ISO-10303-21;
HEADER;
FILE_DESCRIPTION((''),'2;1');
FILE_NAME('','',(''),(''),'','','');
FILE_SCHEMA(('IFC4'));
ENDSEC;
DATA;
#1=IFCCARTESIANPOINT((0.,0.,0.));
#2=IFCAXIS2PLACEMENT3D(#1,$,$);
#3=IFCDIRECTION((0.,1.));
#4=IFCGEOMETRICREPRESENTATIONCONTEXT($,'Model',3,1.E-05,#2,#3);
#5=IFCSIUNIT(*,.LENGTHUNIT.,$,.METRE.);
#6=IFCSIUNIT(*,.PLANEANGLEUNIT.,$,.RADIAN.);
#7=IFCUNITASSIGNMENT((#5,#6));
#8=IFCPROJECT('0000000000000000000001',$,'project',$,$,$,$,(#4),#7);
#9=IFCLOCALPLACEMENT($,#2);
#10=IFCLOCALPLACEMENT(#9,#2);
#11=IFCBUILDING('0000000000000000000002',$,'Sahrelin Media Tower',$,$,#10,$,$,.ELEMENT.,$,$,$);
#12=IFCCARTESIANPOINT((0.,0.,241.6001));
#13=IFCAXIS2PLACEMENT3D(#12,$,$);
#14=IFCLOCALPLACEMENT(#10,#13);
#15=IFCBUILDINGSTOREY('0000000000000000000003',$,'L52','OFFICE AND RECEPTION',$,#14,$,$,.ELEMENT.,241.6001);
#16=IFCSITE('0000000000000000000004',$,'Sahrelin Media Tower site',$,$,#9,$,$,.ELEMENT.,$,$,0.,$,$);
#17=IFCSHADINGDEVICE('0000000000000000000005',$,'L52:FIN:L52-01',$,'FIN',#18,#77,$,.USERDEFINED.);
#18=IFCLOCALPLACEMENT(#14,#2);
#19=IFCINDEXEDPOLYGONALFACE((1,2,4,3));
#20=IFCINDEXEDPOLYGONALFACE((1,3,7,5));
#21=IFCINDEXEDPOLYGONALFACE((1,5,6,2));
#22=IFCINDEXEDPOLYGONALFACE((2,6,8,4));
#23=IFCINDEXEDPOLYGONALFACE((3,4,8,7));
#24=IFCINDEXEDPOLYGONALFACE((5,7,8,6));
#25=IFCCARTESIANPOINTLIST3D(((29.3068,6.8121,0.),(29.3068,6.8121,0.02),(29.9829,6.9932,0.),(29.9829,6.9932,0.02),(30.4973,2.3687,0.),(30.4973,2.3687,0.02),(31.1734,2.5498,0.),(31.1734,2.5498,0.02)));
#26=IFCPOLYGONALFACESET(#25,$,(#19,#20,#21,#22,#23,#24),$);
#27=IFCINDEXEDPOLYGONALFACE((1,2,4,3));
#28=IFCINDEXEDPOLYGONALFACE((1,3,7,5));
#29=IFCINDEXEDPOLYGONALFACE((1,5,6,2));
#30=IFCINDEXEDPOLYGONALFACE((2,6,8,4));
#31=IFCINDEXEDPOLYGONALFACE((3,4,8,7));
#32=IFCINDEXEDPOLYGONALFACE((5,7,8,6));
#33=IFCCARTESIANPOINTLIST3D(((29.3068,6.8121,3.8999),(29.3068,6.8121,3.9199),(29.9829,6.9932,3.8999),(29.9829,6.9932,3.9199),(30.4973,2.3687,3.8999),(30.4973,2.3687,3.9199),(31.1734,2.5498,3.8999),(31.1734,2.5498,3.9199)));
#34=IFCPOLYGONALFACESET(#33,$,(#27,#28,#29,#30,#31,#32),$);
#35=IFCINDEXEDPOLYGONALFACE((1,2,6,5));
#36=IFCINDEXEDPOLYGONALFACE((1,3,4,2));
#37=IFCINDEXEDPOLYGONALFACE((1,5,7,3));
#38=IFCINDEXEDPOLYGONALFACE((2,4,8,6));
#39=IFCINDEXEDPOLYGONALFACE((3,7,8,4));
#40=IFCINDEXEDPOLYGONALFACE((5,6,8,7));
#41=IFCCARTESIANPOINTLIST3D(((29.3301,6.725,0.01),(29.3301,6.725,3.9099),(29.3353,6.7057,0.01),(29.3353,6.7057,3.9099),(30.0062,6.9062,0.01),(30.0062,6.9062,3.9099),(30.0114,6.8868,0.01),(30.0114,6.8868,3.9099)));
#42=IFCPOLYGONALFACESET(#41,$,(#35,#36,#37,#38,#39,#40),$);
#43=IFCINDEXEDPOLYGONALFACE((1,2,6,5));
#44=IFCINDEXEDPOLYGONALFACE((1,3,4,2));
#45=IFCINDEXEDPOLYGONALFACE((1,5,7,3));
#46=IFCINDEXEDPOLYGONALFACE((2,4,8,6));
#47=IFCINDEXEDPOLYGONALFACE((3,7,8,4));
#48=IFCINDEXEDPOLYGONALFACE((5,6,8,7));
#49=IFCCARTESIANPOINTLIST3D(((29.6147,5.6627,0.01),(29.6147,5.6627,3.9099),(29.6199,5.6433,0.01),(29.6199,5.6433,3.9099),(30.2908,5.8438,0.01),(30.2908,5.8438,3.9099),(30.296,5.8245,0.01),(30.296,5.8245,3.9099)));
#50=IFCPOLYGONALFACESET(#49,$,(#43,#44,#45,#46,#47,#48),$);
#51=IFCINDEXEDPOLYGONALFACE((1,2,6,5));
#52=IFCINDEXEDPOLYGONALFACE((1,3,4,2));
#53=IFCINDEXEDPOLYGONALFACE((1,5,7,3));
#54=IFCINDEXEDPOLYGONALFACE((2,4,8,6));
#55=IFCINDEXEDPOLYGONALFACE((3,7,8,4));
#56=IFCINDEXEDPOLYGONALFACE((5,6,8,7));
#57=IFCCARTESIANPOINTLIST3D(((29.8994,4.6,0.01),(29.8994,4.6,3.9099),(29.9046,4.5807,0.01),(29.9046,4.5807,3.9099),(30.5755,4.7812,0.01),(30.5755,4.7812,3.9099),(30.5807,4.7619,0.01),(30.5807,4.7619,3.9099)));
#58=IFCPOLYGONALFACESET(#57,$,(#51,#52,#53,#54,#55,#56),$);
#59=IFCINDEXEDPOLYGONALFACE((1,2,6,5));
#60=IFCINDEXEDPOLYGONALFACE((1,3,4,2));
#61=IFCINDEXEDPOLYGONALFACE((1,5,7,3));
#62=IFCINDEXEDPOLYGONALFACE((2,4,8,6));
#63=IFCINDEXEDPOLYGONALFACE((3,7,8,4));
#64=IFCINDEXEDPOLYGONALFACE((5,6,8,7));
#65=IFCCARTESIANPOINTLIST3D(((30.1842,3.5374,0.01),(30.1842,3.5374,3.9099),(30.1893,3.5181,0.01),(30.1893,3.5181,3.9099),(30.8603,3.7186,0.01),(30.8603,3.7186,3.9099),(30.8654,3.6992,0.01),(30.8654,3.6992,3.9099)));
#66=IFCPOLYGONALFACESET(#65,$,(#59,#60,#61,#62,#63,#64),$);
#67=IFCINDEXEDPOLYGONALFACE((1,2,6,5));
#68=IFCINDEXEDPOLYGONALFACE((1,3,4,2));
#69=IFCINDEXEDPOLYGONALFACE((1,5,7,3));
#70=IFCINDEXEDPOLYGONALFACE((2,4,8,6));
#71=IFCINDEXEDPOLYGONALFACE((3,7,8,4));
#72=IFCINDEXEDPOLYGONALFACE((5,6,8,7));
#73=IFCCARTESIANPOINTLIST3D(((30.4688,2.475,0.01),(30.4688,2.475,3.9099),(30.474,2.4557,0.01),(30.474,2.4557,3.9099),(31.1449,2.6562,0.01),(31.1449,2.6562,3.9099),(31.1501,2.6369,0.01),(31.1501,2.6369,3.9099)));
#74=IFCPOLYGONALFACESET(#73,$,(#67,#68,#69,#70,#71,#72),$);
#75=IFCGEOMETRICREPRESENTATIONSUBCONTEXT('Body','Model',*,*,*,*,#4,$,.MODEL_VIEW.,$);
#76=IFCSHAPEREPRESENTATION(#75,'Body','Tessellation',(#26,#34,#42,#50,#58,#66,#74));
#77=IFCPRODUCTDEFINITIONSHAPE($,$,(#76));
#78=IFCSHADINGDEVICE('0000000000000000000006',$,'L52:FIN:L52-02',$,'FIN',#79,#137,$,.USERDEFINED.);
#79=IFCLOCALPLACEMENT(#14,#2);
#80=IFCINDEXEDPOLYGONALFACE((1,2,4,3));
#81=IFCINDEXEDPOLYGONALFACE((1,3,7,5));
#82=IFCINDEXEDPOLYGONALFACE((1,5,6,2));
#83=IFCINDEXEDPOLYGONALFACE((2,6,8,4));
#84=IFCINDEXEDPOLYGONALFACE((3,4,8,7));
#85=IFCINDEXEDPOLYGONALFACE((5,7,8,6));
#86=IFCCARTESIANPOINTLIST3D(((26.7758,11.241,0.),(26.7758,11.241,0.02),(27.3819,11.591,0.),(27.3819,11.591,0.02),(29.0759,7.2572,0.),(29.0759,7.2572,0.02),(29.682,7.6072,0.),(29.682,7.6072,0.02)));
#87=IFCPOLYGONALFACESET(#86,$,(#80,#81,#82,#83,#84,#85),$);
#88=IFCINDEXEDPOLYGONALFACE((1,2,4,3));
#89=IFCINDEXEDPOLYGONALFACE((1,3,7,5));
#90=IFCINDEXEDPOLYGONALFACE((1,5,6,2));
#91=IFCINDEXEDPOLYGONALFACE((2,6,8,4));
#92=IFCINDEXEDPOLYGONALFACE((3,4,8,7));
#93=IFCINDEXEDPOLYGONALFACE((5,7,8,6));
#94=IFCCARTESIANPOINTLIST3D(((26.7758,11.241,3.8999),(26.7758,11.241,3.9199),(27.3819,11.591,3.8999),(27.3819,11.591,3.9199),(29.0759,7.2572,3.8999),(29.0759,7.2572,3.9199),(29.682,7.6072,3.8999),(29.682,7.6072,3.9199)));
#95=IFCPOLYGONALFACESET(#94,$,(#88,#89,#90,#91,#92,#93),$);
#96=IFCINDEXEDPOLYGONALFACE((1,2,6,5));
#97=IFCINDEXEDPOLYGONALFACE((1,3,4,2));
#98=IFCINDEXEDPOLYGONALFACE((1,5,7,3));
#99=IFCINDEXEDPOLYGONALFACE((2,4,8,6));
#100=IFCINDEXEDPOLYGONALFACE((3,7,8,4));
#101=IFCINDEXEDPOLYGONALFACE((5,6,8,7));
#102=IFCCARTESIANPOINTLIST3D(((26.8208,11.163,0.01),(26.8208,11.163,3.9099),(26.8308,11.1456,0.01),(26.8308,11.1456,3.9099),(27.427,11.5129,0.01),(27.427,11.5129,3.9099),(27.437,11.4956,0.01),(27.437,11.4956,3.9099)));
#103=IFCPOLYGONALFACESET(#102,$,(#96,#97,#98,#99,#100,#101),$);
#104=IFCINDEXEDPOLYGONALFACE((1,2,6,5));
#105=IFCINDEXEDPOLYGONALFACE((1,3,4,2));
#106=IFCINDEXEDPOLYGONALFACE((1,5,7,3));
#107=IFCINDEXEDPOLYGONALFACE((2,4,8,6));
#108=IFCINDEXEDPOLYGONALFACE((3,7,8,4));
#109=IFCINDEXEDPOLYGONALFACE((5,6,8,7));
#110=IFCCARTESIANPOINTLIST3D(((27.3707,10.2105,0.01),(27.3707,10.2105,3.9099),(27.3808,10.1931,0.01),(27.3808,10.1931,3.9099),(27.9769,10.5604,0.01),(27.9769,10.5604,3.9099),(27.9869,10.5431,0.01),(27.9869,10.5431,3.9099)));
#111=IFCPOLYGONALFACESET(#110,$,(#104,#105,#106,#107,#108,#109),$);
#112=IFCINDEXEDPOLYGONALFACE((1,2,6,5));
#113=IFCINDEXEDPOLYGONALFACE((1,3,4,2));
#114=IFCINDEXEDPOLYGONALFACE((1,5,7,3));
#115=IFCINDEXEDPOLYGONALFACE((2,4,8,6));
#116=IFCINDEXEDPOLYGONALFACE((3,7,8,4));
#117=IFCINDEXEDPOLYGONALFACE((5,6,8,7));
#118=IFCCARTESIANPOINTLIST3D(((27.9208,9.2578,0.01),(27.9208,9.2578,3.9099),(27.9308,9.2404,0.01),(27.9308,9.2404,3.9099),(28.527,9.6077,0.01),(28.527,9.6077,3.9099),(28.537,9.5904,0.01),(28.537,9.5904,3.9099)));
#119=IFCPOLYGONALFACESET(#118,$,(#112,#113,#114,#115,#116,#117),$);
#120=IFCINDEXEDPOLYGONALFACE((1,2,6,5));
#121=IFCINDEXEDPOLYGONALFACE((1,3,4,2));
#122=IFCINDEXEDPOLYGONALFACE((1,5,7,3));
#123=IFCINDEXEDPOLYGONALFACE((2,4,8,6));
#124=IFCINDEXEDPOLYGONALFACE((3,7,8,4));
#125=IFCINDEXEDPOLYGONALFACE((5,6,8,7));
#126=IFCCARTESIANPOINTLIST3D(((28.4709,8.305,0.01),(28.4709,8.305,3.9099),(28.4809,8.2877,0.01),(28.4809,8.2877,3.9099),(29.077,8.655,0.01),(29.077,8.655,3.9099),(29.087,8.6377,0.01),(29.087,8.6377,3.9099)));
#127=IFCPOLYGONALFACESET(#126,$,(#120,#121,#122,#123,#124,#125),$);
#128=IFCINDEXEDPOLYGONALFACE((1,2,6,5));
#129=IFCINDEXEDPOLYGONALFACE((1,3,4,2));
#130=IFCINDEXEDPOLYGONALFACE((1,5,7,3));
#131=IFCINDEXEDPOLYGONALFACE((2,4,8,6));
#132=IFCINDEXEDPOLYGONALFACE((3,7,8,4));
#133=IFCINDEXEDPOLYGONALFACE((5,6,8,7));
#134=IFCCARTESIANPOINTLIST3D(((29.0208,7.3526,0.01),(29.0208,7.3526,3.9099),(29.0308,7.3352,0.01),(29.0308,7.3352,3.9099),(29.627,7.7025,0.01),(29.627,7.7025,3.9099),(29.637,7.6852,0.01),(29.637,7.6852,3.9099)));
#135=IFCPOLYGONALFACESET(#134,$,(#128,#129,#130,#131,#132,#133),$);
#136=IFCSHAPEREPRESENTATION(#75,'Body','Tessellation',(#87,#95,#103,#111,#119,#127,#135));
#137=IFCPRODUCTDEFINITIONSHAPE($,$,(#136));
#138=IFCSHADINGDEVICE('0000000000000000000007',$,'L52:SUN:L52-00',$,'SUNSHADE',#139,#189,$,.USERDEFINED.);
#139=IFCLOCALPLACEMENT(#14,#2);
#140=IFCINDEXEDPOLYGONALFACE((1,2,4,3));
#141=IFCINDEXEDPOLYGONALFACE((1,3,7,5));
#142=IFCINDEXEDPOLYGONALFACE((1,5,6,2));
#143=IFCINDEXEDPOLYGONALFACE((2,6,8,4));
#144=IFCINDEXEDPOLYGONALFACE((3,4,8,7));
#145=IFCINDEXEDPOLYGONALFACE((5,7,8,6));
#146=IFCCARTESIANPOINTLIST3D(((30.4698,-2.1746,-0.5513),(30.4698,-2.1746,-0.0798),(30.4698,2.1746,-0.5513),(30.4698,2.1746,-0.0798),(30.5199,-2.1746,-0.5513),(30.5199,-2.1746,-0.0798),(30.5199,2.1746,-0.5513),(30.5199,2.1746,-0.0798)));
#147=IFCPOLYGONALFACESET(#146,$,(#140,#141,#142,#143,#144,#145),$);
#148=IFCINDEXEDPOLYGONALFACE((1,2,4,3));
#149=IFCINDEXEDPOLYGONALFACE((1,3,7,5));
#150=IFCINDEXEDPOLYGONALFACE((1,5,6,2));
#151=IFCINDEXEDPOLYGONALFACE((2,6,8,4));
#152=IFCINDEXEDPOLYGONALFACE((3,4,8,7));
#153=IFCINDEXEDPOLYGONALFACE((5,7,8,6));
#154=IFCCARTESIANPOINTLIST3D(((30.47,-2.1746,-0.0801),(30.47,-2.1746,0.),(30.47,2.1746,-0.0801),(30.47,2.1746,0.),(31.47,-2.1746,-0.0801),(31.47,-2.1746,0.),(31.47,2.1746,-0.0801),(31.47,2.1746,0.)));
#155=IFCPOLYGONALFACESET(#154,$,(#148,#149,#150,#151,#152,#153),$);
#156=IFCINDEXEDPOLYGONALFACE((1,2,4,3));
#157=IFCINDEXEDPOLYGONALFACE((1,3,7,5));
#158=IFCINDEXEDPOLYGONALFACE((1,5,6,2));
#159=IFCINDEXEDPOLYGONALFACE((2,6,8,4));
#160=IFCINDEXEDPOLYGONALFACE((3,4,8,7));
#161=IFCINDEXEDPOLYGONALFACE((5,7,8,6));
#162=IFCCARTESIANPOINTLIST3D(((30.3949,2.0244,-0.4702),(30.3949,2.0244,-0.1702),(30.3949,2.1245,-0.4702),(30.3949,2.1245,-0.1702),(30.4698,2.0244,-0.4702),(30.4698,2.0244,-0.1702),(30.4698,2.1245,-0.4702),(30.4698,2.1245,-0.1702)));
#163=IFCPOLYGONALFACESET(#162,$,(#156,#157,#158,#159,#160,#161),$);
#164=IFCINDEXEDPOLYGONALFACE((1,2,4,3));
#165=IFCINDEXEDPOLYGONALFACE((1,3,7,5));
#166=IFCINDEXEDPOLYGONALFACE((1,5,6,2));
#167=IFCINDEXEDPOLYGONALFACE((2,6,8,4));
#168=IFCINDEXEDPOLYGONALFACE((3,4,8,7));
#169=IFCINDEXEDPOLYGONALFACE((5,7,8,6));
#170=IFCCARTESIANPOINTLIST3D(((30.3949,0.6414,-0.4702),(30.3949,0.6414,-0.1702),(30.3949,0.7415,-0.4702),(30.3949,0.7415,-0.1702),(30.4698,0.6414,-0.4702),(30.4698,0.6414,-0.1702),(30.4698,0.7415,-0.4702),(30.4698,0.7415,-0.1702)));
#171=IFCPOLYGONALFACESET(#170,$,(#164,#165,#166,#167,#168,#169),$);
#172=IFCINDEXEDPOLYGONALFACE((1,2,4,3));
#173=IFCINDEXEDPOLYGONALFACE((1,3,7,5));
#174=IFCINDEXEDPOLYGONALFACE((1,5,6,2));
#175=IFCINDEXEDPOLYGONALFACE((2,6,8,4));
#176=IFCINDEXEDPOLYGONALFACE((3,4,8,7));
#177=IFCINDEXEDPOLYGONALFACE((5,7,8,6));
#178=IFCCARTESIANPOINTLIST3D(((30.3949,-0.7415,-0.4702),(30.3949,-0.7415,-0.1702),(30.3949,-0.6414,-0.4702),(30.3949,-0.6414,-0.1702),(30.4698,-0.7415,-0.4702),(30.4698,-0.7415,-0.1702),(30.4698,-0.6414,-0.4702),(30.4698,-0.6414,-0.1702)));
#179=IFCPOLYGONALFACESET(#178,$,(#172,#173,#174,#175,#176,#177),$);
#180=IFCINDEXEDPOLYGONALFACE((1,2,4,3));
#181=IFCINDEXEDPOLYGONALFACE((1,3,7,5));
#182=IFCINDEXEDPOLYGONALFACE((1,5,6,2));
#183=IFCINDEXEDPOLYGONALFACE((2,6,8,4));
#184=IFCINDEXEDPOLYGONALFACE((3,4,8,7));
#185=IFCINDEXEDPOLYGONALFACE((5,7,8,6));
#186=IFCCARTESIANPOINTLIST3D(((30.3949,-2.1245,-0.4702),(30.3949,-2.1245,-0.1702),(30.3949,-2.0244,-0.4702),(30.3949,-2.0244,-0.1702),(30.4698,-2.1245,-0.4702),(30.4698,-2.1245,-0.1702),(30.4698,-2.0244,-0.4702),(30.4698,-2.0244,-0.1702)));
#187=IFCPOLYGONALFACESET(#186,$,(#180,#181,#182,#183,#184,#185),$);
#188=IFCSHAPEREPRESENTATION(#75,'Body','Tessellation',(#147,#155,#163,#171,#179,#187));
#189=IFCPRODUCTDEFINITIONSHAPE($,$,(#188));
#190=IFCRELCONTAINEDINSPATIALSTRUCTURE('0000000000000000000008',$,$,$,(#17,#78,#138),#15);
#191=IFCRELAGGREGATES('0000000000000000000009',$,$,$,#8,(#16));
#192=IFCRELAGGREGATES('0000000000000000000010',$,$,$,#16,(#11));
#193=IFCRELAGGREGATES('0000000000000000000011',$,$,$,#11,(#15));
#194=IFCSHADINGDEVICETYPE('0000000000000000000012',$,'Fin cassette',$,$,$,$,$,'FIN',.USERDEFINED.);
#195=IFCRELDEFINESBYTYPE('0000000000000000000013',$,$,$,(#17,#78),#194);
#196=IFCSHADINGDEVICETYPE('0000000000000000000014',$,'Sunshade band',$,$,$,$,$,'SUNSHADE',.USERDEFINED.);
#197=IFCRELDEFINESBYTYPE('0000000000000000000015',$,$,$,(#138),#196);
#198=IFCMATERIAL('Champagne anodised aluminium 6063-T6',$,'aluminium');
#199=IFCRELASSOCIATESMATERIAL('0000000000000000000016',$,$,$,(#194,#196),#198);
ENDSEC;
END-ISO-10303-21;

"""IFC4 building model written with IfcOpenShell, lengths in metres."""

from ifc_helpers import new_model, si_unit, direction, frame, origin, origin_2d, place, context, subcontext, project, spatial, rectangle, extrude, material, type_object, element, save


model = new_model("IFC4")

# Units and contexts
model_context = context("Model", 3, precision=1e-05, world=origin(), true_north=direction((0.0, 1.0)))
body_context = subcontext(model_context, "Body", "Model", "MODEL_VIEW")
ifc_project = project(units=[si_unit("LENGTHUNIT", "METRE"), si_unit("PLANEANGLEUNIT", "RADIAN")], contexts=[model_context])

# Site, building, storey
site_placement = place(None, origin())
site = spatial("IfcSite", under=ifc_project, at=site_placement, Name="Sahrelin Media Tower site", CompositionType="ELEMENT", RefElevation=0.0)
building_placement = place(site_placement, origin())
building = spatial("IfcBuilding", under=site, at=building_placement, Name="Sahrelin Media Tower", CompositionType="ELEMENT")
storey_placement = place(building_placement, frame((0.0, 0.0, 241.6001)))
storey = spatial("IfcBuildingStorey", under=building, at=storey_placement, Name="L52", Description="OFFICE AND RECEPTION", CompositionType="ELEMENT", Elevation=241.6001)

# Shared definitions
ifc_material_1 = material(Name="Champagne anodised aluminium 6063-T6", Category="aluminium")

# Shading devices
shading_device_type_1 = type_object("IfcShadingDeviceType", Name="Fin cassette", ElementType="FIN", PredefinedType="USERDEFINED", material=ifc_material_1)
placement_1 = place(storey_placement, frame((30.45, 0.0, 0.0), z_axis=(0.0, 0.0, 1.0), x_axis=(0.0, -1.0, 0.0)))
placement_2 = place(storey_placement, frame((29.8345, 4.5723, 0.0), z_axis=(0.0, 0.0, 1.0), x_axis=(0.258808, -0.965929, 0.0)))
element("IfcShadingDevice", 1, at=placement_2, inside=storey, type_object=shading_device_type_1, Name="L52:FIN:L52-01", ObjectType="FIN", PredefinedType="USERDEFINED", context=body_context, shape_type="SweptSolid", body=[
    extrude(rectangle(XDim=4.6001, YDim=0.7, at=origin_2d()), frame((0.0, 0.4199, 0.0)), (0.0, 0.0, 1.0), 0.02),
    extrude(rectangle(XDim=4.6001, YDim=0.7, at=origin_2d()), frame((0.0, 0.4199, 3.8999)), (0.0, 0.0, 1.0), 0.02),
    extrude(rectangle(XDim=0.02, YDim=0.7, at=origin_2d()), frame((-2.2, 0.4199, 0.01), z_axis=(0.0, 0.0, 1.0), x_axis=(1.0, 0.0, 0.0)), (0.0, 0.0, 1.0), 3.8999),
    extrude(rectangle(XDim=0.02, YDim=0.7, at=origin_2d()), frame((-1.1001, 0.4199, 0.01), z_axis=(0.0, 0.0, 1.0), x_axis=(1.0, 0.0, 0.0)), (0.0, 0.0, 1.0), 3.8999),
    extrude(rectangle(XDim=0.02, YDim=0.7, at=origin_2d()), frame((0.0, 0.4199, 0.01), z_axis=(0.0, 0.0, 1.0), x_axis=(1.0, 0.0, 0.0)), (0.0, 0.0, 1.0), 3.8999),
    extrude(rectangle(XDim=0.02, YDim=0.7, at=origin_2d()), frame((1.1001, 0.4199, 0.01), z_axis=(0.0, 0.0, 1.0), x_axis=(1.0, 0.0, 0.0)), (0.0, 0.0, 1.0), 3.8999),
    extrude(rectangle(XDim=0.02, YDim=0.7, at=origin_2d()), frame((2.2, 0.4199, 0.01), z_axis=(0.0, 0.0, 1.0), x_axis=(1.0, 0.0, 0.0)), (0.0, 0.0, 1.0), 3.8999),
])
placement_3 = place(storey_placement, frame((27.8652, 9.2141, 0.0), z_axis=(0.0, 0.0, 1.0), x_axis=(0.500011, -0.866019, 0.0)))
element("IfcShadingDevice", 2, at=placement_3, inside=storey, type_object=shading_device_type_1, Name="L52:FIN:L52-02", ObjectType="FIN", PredefinedType="USERDEFINED", context=body_context, shape_type="SweptSolid", body=[
    extrude(rectangle(XDim=4.6001, YDim=0.7, at=origin_2d()), frame((0.0, 0.4199, 0.0)), (0.0, 0.0, 1.0), 0.02),
    extrude(rectangle(XDim=4.6001, YDim=0.7, at=origin_2d()), frame((0.0, 0.4199, 3.8999)), (0.0, 0.0, 1.0), 0.02),
    extrude(rectangle(XDim=0.02, YDim=0.7, at=origin_2d()), frame((-2.2, 0.4199, 0.01), z_axis=(0.0, 0.0, 1.0), x_axis=(1.0, 0.0, 0.0)), (0.0, 0.0, 1.0), 3.8999),
    extrude(rectangle(XDim=0.02, YDim=0.7, at=origin_2d()), frame((-1.1001, 0.4199, 0.01), z_axis=(0.0, 0.0, 1.0), x_axis=(1.0, 0.0, 0.0)), (0.0, 0.0, 1.0), 3.8999),
    extrude(rectangle(XDim=0.02, YDim=0.7, at=origin_2d()), frame((0.0, 0.4199, 0.01), z_axis=(0.0, 0.0, 1.0), x_axis=(1.0, 0.0, 0.0)), (0.0, 0.0, 1.0), 3.8999),
    extrude(rectangle(XDim=0.02, YDim=0.7, at=origin_2d()), frame((1.1001, 0.4199, 0.01), z_axis=(0.0, 0.0, 1.0), x_axis=(1.0, 0.0, 0.0)), (0.0, 0.0, 1.0), 3.8999),
    extrude(rectangle(XDim=0.02, YDim=0.7, at=origin_2d()), frame((2.2, 0.4199, 0.01), z_axis=(0.0, 0.0, 1.0), x_axis=(1.0, 0.0, 0.0)), (0.0, 0.0, 1.0), 3.8999),
])
shading_device_type_2 = type_object("IfcShadingDeviceType", Name="Sunshade band", ElementType="SUNSHADE", PredefinedType="USERDEFINED", material=ifc_material_1)
element("IfcShadingDevice", 3, at=placement_1, inside=storey, type_object=shading_device_type_2, Name="L52:SUN:L52-00", ObjectType="SUNSHADE", PredefinedType="USERDEFINED", context=body_context, shape_type="SweptSolid", body=[
    extrude(rectangle(XDim=4.3491, YDim=0.05, at=origin_2d()), frame((0.0, 0.0449, -0.5513)), (0.0, 0.0, 1.0), 0.4714),
    extrude(rectangle(XDim=4.3491, YDim=1.0, at=origin_2d()), frame((0.0, 0.52, -0.0801)), (0.0, 0.0, 1.0), 0.0801),
    extrude(rectangle(XDim=0.1001, YDim=0.075, at=origin_2d()), frame((-2.0745, -0.0176, -0.4702)), (0.0, 0.0, 1.0), 0.3),
    extrude(rectangle(XDim=0.1001, YDim=0.075, at=origin_2d()), frame((-0.6914, -0.0176, -0.4702)), (0.0, 0.0, 1.0), 0.3),
    extrude(rectangle(XDim=0.1001, YDim=0.075, at=origin_2d()), frame((0.6914, -0.0176, -0.4702)), (0.0, 0.0, 1.0), 0.3),
    extrude(rectangle(XDim=0.1001, YDim=0.075, at=origin_2d()), frame((2.0745, -0.0176, -0.4702)), (0.0, 0.0, 1.0), 0.3),
])

save(model, "model.ifc")
